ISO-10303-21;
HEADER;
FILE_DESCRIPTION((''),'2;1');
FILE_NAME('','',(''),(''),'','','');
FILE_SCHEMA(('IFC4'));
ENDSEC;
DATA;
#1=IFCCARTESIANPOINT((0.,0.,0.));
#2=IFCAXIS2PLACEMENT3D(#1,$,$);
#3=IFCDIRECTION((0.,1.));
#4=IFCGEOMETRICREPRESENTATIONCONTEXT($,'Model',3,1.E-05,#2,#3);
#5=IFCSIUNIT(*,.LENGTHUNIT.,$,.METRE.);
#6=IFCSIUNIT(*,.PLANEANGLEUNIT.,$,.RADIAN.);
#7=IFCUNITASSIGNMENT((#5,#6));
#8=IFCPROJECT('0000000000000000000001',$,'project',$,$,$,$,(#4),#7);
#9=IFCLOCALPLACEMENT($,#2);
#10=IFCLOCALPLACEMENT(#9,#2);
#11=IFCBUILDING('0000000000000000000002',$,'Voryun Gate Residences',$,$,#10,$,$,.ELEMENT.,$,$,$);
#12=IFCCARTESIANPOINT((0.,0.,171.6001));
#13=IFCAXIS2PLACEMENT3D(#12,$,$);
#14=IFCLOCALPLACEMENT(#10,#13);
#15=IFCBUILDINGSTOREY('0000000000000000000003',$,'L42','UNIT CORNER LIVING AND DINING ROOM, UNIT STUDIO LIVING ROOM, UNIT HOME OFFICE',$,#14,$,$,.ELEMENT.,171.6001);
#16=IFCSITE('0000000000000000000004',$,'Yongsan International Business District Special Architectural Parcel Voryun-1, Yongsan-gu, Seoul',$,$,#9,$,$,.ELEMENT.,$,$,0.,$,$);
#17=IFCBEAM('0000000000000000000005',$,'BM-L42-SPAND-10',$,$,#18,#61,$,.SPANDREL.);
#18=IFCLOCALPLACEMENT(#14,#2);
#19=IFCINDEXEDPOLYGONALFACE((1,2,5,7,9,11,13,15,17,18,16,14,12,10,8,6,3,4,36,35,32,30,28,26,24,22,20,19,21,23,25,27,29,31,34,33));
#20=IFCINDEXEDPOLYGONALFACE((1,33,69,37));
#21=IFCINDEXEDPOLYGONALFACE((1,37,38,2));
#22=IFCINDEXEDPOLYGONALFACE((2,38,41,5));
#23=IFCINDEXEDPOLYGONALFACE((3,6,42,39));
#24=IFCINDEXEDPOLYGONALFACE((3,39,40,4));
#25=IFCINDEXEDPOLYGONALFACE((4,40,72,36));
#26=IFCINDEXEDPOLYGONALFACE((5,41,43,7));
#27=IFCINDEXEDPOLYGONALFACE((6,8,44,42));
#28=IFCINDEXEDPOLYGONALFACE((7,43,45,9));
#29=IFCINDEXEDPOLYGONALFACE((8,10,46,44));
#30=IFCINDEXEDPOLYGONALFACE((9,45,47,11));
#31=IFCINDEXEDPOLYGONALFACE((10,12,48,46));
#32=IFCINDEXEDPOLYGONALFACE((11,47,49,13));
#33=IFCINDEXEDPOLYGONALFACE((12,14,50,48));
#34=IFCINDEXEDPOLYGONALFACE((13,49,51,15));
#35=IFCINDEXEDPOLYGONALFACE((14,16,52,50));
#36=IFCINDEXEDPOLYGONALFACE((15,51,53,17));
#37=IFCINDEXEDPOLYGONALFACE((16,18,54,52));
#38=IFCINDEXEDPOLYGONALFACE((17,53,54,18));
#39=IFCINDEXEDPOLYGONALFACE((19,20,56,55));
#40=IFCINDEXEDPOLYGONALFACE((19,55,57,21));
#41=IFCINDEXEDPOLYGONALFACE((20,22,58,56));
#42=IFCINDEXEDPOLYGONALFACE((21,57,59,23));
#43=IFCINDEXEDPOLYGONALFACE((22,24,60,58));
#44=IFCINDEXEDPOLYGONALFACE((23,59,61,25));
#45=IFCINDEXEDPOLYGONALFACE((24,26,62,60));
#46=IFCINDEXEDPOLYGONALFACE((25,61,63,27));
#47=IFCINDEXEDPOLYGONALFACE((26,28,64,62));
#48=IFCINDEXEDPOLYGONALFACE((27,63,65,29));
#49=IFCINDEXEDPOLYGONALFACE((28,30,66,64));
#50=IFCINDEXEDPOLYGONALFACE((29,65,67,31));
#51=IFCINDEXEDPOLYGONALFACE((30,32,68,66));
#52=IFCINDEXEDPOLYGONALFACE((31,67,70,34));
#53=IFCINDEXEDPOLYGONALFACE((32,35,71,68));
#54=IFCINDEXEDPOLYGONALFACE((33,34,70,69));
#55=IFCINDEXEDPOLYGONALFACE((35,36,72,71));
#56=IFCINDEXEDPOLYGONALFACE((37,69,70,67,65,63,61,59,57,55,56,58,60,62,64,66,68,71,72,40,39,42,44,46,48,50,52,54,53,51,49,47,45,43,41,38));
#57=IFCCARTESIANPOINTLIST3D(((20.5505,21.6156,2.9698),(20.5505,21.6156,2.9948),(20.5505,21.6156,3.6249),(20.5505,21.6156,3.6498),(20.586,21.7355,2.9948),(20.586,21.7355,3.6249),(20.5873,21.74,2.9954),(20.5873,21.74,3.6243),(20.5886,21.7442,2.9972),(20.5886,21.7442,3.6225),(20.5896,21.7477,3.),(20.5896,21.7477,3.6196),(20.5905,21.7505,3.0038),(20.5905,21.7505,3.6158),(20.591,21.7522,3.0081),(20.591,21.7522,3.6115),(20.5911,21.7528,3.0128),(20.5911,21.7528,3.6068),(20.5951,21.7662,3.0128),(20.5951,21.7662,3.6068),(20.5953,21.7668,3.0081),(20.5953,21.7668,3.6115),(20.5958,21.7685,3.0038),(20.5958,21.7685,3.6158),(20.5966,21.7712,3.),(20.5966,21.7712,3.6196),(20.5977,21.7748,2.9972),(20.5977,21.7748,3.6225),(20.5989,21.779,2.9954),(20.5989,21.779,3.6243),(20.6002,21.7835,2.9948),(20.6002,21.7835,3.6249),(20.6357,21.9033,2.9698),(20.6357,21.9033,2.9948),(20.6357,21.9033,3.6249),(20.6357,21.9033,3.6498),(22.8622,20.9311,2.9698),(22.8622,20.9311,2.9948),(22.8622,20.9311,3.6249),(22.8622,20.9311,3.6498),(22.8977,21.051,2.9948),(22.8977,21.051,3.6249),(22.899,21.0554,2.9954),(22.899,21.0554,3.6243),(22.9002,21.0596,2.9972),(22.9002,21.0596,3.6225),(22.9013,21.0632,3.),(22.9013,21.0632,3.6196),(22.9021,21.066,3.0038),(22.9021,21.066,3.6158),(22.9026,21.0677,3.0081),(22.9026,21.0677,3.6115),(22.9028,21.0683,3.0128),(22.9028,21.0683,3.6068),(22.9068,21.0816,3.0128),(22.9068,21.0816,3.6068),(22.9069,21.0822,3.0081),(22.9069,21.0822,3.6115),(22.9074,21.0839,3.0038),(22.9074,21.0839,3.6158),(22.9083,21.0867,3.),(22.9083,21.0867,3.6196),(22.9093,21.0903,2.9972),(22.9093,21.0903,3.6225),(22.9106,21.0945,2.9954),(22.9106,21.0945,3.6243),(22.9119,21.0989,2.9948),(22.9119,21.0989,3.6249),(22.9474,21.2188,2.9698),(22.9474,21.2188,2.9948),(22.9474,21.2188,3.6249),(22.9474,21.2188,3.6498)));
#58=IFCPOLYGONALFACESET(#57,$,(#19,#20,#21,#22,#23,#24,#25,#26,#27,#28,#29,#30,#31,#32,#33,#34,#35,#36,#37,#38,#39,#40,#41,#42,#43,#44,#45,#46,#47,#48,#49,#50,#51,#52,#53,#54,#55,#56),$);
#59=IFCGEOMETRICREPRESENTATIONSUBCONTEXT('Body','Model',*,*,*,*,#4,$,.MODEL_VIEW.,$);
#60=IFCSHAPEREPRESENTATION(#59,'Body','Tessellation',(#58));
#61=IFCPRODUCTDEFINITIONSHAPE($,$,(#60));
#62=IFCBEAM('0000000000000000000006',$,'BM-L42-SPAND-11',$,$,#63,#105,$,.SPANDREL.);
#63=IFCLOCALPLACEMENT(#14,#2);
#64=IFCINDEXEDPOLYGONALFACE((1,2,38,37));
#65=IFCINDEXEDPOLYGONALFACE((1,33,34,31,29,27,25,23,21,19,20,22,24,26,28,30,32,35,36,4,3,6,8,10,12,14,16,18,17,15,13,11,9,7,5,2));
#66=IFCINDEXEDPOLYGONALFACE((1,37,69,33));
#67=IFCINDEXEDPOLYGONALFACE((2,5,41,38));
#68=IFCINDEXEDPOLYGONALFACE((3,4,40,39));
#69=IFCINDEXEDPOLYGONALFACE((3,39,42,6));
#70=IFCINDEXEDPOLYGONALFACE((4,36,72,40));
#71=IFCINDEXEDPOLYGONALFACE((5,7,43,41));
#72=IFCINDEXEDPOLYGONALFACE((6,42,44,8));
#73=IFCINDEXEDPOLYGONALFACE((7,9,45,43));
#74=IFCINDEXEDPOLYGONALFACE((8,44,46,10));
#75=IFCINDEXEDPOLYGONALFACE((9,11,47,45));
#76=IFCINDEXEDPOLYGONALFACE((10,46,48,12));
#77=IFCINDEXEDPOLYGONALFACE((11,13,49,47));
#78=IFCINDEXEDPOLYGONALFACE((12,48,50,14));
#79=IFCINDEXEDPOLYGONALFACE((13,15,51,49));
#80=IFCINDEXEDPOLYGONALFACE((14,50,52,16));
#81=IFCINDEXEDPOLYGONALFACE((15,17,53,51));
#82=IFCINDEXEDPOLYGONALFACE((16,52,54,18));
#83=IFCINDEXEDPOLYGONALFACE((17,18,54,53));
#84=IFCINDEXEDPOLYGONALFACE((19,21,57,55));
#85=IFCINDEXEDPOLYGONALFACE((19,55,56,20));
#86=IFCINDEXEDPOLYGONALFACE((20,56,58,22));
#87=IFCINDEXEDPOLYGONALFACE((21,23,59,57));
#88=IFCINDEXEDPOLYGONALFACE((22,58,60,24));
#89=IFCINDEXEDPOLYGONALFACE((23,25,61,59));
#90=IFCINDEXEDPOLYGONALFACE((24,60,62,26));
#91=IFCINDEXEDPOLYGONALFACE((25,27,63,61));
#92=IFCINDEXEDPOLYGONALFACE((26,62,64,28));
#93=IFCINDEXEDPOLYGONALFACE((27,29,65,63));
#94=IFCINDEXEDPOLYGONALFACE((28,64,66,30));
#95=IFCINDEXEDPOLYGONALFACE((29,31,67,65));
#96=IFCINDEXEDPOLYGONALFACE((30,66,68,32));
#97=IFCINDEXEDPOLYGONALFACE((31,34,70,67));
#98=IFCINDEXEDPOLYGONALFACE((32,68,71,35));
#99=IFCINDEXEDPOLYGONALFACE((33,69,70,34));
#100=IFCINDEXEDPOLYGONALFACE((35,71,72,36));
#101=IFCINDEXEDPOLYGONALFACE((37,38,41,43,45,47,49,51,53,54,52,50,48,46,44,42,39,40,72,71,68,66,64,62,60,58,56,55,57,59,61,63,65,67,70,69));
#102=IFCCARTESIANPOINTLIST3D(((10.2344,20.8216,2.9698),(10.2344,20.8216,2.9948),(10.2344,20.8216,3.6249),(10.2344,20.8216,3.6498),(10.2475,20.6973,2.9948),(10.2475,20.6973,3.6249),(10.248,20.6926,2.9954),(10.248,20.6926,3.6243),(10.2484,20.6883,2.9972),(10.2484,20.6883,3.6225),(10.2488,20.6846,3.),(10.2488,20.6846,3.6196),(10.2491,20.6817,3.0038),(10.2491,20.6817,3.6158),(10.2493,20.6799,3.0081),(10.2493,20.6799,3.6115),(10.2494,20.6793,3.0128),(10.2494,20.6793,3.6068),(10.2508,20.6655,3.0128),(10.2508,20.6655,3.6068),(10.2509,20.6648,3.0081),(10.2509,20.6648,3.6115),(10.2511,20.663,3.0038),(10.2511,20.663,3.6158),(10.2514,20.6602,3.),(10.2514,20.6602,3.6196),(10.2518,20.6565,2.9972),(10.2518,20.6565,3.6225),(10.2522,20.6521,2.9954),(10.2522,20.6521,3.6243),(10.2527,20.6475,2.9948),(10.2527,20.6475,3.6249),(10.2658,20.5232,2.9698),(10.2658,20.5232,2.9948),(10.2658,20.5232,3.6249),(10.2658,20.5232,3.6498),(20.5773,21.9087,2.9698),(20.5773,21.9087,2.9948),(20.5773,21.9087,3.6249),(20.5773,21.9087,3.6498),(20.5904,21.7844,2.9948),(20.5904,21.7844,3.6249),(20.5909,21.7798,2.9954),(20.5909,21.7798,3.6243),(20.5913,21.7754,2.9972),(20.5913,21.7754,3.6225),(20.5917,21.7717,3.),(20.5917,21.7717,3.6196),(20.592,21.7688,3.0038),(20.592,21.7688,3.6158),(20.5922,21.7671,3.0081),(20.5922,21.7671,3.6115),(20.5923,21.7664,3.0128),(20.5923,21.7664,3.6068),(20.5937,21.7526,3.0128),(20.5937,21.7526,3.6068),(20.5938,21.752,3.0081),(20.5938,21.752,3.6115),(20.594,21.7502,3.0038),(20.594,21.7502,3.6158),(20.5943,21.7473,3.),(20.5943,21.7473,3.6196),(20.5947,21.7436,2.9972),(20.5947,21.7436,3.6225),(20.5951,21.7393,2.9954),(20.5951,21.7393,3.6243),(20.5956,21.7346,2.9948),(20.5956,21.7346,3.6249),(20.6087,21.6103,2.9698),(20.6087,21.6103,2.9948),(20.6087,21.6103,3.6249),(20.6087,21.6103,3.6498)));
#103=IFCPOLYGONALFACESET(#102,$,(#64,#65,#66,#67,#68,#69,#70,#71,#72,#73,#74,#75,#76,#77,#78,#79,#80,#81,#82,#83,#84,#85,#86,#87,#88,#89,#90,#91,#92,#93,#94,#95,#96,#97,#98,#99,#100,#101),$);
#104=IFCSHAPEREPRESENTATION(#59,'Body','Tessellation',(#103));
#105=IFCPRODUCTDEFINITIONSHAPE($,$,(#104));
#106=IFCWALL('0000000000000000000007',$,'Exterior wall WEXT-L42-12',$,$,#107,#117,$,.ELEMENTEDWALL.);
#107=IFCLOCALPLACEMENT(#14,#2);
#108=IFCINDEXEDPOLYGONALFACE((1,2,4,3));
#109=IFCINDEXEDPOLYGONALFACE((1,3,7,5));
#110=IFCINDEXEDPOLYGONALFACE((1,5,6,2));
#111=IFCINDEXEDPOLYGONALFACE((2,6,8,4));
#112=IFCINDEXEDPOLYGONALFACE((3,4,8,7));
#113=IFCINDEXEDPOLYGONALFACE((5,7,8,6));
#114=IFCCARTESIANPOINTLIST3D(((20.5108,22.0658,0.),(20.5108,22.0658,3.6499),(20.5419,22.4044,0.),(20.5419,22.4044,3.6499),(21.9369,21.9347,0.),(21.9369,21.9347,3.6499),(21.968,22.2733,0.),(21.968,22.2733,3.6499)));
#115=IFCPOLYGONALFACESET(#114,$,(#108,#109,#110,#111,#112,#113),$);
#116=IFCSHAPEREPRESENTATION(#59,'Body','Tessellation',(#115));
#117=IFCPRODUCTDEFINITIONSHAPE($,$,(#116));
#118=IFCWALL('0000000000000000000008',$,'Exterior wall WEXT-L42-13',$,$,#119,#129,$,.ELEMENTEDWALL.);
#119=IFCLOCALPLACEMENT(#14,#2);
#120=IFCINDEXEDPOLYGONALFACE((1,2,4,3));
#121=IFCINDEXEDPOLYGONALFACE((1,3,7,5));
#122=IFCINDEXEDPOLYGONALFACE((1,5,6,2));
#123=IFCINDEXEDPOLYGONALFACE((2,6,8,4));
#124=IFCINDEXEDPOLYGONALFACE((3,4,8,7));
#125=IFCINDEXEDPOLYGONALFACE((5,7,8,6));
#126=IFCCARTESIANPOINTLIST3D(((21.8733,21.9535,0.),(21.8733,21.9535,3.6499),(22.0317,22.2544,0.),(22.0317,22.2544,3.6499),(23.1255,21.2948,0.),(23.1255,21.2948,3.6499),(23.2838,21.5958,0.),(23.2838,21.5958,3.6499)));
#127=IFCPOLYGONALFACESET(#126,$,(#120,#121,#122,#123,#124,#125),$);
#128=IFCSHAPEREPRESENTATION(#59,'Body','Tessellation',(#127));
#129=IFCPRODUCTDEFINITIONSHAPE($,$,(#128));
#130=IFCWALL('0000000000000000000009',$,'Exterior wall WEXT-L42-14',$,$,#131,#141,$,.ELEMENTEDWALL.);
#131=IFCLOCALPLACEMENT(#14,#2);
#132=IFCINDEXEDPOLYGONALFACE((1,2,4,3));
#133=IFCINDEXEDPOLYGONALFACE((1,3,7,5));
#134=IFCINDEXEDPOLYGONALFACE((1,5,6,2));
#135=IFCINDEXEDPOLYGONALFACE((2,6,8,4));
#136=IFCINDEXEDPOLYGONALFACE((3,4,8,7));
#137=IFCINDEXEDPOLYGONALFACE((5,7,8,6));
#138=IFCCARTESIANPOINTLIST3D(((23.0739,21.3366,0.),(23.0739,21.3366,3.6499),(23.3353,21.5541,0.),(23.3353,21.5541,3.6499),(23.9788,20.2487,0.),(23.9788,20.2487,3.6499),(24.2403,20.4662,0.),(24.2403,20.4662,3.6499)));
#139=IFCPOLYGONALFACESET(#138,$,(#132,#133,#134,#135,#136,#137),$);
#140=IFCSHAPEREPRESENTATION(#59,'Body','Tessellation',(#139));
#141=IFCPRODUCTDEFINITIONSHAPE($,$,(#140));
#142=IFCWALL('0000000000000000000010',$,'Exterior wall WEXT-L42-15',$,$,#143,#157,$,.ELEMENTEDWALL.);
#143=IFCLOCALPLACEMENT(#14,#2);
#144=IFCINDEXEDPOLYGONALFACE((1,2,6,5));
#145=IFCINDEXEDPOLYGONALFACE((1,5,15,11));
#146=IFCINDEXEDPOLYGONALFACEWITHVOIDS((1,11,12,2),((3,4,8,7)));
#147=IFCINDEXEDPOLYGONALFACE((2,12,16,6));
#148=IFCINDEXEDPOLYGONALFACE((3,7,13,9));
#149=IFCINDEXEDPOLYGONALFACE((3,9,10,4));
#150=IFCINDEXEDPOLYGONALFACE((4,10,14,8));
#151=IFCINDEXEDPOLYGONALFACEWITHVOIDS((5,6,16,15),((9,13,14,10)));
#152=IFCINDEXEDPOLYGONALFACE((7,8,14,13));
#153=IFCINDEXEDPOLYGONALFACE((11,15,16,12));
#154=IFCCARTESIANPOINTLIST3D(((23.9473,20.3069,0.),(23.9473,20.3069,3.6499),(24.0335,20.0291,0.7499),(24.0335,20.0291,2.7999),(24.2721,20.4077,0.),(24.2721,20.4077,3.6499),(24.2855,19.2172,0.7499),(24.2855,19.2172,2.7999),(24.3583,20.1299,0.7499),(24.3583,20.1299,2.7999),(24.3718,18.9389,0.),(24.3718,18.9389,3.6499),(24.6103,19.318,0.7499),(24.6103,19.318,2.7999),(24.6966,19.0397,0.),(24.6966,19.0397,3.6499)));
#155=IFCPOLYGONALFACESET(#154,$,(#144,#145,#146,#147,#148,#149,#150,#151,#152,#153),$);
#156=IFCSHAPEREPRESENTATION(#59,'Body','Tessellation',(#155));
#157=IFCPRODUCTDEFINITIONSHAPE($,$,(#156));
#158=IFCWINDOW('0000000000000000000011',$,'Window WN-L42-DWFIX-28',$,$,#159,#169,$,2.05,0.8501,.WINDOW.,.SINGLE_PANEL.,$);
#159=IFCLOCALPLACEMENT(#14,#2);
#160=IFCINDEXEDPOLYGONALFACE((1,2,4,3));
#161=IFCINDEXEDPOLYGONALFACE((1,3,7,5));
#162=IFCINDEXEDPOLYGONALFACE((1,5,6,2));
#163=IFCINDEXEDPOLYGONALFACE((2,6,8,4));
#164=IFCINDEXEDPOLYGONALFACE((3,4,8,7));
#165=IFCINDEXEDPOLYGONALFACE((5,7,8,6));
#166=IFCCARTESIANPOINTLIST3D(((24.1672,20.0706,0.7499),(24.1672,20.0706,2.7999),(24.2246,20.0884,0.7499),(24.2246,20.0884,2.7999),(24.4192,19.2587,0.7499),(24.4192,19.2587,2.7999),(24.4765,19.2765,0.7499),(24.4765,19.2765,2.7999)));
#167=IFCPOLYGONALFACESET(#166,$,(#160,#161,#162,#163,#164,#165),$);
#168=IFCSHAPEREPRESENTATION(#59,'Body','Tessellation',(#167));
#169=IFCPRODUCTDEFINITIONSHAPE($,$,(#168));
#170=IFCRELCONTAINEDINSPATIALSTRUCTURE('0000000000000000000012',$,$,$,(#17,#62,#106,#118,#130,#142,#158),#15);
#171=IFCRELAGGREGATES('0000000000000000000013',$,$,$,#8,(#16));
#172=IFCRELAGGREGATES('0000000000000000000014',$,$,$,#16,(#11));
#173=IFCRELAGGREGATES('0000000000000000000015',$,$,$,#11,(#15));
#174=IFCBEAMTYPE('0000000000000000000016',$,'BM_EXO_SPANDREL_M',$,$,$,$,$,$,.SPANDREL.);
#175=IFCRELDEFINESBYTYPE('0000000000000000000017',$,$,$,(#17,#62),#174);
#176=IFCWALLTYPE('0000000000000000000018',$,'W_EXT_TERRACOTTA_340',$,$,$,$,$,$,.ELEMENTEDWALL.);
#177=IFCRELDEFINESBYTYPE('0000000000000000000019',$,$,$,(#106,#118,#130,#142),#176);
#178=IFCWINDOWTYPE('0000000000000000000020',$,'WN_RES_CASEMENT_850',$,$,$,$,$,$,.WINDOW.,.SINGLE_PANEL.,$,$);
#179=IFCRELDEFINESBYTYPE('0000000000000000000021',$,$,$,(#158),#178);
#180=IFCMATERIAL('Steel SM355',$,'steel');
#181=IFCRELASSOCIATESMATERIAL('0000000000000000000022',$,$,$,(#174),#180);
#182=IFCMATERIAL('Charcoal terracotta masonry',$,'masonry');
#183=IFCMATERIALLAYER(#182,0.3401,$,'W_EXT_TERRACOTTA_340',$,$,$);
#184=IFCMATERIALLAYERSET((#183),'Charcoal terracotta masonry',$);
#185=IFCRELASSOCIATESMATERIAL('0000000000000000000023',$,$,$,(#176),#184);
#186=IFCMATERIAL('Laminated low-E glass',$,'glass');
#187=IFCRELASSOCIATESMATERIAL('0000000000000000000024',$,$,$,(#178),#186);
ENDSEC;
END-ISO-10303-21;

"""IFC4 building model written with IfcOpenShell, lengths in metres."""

from ifc_helpers import new_model, si_unit, direction, frame, frame_2d, origin, origin_2d, place, context, subcontext, project, spatial, rectangle, i_section, extrude, material, layer, layer_set, material_profile, profile_set, type_object, element, fill, save


model = new_model("IFC4")

# Units and contexts
model_context = context("Model", 3, precision=1e-05, world=origin(), true_north=direction((0.0, 1.0)))
body_context = subcontext(model_context, "Body", "Model", "MODEL_VIEW")
ifc_project = project(units=[si_unit("LENGTHUNIT", "METRE"), si_unit("PLANEANGLEUNIT", "RADIAN")], contexts=[model_context])

# Site, building, storey
site_placement = place(None, origin())
site = spatial("IfcSite", under=ifc_project, at=site_placement, Name="Yongsan International Business District Special Architectural Parcel Voryun-1, Yongsan-gu, Seoul", CompositionType="ELEMENT", RefElevation=0.0)
building_placement = place(site_placement, origin())
building = spatial("IfcBuilding", under=site, at=building_placement, Name="Voryun Gate Residences", CompositionType="ELEMENT")
storey_placement = place(building_placement, frame((0.0, 0.0, 171.6001)))
storey = spatial("IfcBuildingStorey", under=building, at=storey_placement, Name="L42", Description="UNIT CORNER LIVING AND DINING ROOM, UNIT STUDIO LIVING ROOM, UNIT HOME OFFICE", CompositionType="ELEMENT", Elevation=171.6001)

# Beams
ifc_material_1 = material(Name="Steel SM355", Category="steel")
ifc_material_profile_1 = material_profile(ifc_material_1, i_section(OverallWidth=0.3, OverallDepth=0.6799, WebThickness=0.0139, FlangeThickness=0.0249, FilletRadius=0.0181, at=origin_2d()), Name="H-680x300x14x25")
ifc_profile_set_1 = profile_set([ifc_material_profile_1], Name="Steel SM355")
beam_type = type_object("IfcBeamType", Name="BM_EXO_SPANDREL_M", PredefinedType="SPANDREL", material=ifc_profile_set_1)
beam_1_placement = place(storey_placement, frame((22.9048, 21.075, 3.3098), z_axis=(-0.958843, 0.283937, 0.0), x_axis=(-0.283937, -0.958843, 0.0)))
element("IfcBeam", 1, at=beam_1_placement, inside=storey, type_object=beam_type, Name="BM-L42-SPAND-10", PredefinedType="SPANDREL", context=body_context, shape_type="SweptSolid", body=[
    extrude(i_section(OverallWidth=0.3, OverallDepth=0.6799, WebThickness=0.0139, FlangeThickness=0.0249, FilletRadius=0.0181, at=origin_2d()), origin(), (0.0, 0.0, 1.0), 2.4109),
])
beam_2_placement = place(storey_placement, frame((20.593, 21.7595, 3.3098), z_axis=(-0.994521, -0.104534, 0.0), x_axis=(0.104534, -0.994521, 0.0)))
element("IfcBeam", 2, at=beam_2_placement, inside=storey, type_object=beam_type, Name="BM-L42-SPAND-11", PredefinedType="SPANDREL", context=body_context, shape_type="SweptSolid", body=[
    extrude(i_section(OverallWidth=0.3, OverallDepth=0.6799, WebThickness=0.0139, FlangeThickness=0.0249, FilletRadius=0.0181, at=origin_2d()), origin(), (0.0, 0.0, 1.0), 10.3999),
])

# Walls
ifc_material_2 = material(Name="Charcoal terracotta masonry", Category="masonry")
ifc_layer_1 = layer(ifc_material_2, 0.3401, Name="W_EXT_TERRACOTTA_340")
ifc_layer_set_1 = layer_set([ifc_layer_1], Name="Charcoal terracotta masonry")
wall_type_1 = type_object("IfcWallType", Name="W_EXT_TERRACOTTA_340", PredefinedType="ELEMENTEDWALL", material=ifc_layer_set_1)
wall_1_placement = place(storey_placement, frame((20.5264, 22.2351, 0.0), z_axis=(0.0, 0.0, 1.0), x_axis=(0.9958, -0.09155, 0.0)))
element("IfcWall", 3, at=wall_1_placement, inside=storey, type_object=wall_type_1, Name="Exterior wall WEXT-L42-12", PredefinedType="ELEMENTEDWALL", context=body_context, shape_type="SweptSolid", body=[
    extrude(rectangle(XDim=1.4321, YDim=0.3401, at=frame_2d((0.7161, 0.0))), origin(), (0.0, 0.0, 1.0), 3.6499),
])
wall_2_placement = place(storey_placement, frame((21.9524, 22.104, 0.0), z_axis=(0.0, 0.0, 1.0), x_axis=(0.885023, -0.465547, 0.0)))
element("IfcWall", 4, at=wall_2_placement, inside=storey, type_object=wall_type_1, Name="Exterior wall WEXT-L42-13", PredefinedType="ELEMENTEDWALL", context=body_context, shape_type="SweptSolid", body=[
    extrude(rectangle(XDim=1.4148, YDim=0.3401, at=frame_2d((0.7075, 0.0))), origin(), (0.0, 0.0, 1.0), 3.6499),
])
wall_3_placement = place(storey_placement, frame((23.2046, 21.4453, 0.0), z_axis=(0.0, 0.0, 1.0), x_axis=(0.639539, -0.768758, 0.0)))
element("IfcWall", 5, at=wall_3_placement, inside=storey, type_object=wall_type_1, Name="Exterior wall WEXT-L42-14", PredefinedType="ELEMENTEDWALL", context=body_context, shape_type="SweptSolid", body=[
    extrude(rectangle(XDim=1.415, YDim=0.3401, at=frame_2d((0.7075, 0.0))), origin(), (0.0, 0.0, 1.0), 3.6499),
])

# Wall, opening, window
wall_4_placement = place(storey_placement, frame((24.1096, 20.3574, 0.0), z_axis=(0.0, 0.0, 1.0), x_axis=(0.296421, -0.955057, 0.0)))
wall_4 = element("IfcWall", 6, at=wall_4_placement, inside=storey, type_object=wall_type_1, Name="Exterior wall WEXT-L42-15", PredefinedType="ELEMENTEDWALL", context=body_context, shape_type="SweptSolid", body=[
    extrude(rectangle(XDim=1.4324, YDim=0.3401, at=frame_2d((0.7163, 0.0))), origin(), (0.0, 0.0, 1.0), 3.6499),
])
opening_1_placement = place(wall_4_placement, frame((0.291, 0.0, 0.75)))
opening_1 = element("IfcOpeningElement", 7, at=opening_1_placement, cuts=wall_4, PredefinedType="OPENING", context=body_context, shape_type="SweptSolid", body=[
    extrude(rectangle(XDim=0.8501, YDim=2.05, at=frame_2d((0.425, 1.0249))), frame((0.0, 0.1799, 0.0), z_axis=(0.0, -1.0, 0.0), x_axis=(1.0, 0.0, 0.0)), (0.0, 0.0, 1.0), 0.3601),
])
ifc_material_3 = material(Name="Laminated low-E glass", Category="glass")
window_type_1 = type_object("IfcWindowType", Name="WN_RES_CASEMENT_850", PartitioningType="SINGLE_PANEL", PredefinedType="WINDOW", material=ifc_material_3)
window_1_placement = place(opening_1_placement, origin())
window_1 = element("IfcWindow", 8, at=window_1_placement, inside=storey, type_object=window_type_1, Name="Window WN-L42-DWFIX-28", OverallHeight=2.05, OverallWidth=0.8501, PartitioningType="SINGLE_PANEL", PredefinedType="WINDOW", context=body_context, shape_type="SweptSolid", body=[
    extrude(rectangle(XDim=0.8501, YDim=2.05, at=frame_2d((0.425, 1.0249))), frame((0.0, 0.03, 0.0), z_axis=(0.0, -1.0, 0.0), x_axis=(1.0, 0.0, 0.0)), (0.0, 0.0, 1.0), 0.0601),
])
fill(opening_1, window_1)

save(model, "model.ifc")
